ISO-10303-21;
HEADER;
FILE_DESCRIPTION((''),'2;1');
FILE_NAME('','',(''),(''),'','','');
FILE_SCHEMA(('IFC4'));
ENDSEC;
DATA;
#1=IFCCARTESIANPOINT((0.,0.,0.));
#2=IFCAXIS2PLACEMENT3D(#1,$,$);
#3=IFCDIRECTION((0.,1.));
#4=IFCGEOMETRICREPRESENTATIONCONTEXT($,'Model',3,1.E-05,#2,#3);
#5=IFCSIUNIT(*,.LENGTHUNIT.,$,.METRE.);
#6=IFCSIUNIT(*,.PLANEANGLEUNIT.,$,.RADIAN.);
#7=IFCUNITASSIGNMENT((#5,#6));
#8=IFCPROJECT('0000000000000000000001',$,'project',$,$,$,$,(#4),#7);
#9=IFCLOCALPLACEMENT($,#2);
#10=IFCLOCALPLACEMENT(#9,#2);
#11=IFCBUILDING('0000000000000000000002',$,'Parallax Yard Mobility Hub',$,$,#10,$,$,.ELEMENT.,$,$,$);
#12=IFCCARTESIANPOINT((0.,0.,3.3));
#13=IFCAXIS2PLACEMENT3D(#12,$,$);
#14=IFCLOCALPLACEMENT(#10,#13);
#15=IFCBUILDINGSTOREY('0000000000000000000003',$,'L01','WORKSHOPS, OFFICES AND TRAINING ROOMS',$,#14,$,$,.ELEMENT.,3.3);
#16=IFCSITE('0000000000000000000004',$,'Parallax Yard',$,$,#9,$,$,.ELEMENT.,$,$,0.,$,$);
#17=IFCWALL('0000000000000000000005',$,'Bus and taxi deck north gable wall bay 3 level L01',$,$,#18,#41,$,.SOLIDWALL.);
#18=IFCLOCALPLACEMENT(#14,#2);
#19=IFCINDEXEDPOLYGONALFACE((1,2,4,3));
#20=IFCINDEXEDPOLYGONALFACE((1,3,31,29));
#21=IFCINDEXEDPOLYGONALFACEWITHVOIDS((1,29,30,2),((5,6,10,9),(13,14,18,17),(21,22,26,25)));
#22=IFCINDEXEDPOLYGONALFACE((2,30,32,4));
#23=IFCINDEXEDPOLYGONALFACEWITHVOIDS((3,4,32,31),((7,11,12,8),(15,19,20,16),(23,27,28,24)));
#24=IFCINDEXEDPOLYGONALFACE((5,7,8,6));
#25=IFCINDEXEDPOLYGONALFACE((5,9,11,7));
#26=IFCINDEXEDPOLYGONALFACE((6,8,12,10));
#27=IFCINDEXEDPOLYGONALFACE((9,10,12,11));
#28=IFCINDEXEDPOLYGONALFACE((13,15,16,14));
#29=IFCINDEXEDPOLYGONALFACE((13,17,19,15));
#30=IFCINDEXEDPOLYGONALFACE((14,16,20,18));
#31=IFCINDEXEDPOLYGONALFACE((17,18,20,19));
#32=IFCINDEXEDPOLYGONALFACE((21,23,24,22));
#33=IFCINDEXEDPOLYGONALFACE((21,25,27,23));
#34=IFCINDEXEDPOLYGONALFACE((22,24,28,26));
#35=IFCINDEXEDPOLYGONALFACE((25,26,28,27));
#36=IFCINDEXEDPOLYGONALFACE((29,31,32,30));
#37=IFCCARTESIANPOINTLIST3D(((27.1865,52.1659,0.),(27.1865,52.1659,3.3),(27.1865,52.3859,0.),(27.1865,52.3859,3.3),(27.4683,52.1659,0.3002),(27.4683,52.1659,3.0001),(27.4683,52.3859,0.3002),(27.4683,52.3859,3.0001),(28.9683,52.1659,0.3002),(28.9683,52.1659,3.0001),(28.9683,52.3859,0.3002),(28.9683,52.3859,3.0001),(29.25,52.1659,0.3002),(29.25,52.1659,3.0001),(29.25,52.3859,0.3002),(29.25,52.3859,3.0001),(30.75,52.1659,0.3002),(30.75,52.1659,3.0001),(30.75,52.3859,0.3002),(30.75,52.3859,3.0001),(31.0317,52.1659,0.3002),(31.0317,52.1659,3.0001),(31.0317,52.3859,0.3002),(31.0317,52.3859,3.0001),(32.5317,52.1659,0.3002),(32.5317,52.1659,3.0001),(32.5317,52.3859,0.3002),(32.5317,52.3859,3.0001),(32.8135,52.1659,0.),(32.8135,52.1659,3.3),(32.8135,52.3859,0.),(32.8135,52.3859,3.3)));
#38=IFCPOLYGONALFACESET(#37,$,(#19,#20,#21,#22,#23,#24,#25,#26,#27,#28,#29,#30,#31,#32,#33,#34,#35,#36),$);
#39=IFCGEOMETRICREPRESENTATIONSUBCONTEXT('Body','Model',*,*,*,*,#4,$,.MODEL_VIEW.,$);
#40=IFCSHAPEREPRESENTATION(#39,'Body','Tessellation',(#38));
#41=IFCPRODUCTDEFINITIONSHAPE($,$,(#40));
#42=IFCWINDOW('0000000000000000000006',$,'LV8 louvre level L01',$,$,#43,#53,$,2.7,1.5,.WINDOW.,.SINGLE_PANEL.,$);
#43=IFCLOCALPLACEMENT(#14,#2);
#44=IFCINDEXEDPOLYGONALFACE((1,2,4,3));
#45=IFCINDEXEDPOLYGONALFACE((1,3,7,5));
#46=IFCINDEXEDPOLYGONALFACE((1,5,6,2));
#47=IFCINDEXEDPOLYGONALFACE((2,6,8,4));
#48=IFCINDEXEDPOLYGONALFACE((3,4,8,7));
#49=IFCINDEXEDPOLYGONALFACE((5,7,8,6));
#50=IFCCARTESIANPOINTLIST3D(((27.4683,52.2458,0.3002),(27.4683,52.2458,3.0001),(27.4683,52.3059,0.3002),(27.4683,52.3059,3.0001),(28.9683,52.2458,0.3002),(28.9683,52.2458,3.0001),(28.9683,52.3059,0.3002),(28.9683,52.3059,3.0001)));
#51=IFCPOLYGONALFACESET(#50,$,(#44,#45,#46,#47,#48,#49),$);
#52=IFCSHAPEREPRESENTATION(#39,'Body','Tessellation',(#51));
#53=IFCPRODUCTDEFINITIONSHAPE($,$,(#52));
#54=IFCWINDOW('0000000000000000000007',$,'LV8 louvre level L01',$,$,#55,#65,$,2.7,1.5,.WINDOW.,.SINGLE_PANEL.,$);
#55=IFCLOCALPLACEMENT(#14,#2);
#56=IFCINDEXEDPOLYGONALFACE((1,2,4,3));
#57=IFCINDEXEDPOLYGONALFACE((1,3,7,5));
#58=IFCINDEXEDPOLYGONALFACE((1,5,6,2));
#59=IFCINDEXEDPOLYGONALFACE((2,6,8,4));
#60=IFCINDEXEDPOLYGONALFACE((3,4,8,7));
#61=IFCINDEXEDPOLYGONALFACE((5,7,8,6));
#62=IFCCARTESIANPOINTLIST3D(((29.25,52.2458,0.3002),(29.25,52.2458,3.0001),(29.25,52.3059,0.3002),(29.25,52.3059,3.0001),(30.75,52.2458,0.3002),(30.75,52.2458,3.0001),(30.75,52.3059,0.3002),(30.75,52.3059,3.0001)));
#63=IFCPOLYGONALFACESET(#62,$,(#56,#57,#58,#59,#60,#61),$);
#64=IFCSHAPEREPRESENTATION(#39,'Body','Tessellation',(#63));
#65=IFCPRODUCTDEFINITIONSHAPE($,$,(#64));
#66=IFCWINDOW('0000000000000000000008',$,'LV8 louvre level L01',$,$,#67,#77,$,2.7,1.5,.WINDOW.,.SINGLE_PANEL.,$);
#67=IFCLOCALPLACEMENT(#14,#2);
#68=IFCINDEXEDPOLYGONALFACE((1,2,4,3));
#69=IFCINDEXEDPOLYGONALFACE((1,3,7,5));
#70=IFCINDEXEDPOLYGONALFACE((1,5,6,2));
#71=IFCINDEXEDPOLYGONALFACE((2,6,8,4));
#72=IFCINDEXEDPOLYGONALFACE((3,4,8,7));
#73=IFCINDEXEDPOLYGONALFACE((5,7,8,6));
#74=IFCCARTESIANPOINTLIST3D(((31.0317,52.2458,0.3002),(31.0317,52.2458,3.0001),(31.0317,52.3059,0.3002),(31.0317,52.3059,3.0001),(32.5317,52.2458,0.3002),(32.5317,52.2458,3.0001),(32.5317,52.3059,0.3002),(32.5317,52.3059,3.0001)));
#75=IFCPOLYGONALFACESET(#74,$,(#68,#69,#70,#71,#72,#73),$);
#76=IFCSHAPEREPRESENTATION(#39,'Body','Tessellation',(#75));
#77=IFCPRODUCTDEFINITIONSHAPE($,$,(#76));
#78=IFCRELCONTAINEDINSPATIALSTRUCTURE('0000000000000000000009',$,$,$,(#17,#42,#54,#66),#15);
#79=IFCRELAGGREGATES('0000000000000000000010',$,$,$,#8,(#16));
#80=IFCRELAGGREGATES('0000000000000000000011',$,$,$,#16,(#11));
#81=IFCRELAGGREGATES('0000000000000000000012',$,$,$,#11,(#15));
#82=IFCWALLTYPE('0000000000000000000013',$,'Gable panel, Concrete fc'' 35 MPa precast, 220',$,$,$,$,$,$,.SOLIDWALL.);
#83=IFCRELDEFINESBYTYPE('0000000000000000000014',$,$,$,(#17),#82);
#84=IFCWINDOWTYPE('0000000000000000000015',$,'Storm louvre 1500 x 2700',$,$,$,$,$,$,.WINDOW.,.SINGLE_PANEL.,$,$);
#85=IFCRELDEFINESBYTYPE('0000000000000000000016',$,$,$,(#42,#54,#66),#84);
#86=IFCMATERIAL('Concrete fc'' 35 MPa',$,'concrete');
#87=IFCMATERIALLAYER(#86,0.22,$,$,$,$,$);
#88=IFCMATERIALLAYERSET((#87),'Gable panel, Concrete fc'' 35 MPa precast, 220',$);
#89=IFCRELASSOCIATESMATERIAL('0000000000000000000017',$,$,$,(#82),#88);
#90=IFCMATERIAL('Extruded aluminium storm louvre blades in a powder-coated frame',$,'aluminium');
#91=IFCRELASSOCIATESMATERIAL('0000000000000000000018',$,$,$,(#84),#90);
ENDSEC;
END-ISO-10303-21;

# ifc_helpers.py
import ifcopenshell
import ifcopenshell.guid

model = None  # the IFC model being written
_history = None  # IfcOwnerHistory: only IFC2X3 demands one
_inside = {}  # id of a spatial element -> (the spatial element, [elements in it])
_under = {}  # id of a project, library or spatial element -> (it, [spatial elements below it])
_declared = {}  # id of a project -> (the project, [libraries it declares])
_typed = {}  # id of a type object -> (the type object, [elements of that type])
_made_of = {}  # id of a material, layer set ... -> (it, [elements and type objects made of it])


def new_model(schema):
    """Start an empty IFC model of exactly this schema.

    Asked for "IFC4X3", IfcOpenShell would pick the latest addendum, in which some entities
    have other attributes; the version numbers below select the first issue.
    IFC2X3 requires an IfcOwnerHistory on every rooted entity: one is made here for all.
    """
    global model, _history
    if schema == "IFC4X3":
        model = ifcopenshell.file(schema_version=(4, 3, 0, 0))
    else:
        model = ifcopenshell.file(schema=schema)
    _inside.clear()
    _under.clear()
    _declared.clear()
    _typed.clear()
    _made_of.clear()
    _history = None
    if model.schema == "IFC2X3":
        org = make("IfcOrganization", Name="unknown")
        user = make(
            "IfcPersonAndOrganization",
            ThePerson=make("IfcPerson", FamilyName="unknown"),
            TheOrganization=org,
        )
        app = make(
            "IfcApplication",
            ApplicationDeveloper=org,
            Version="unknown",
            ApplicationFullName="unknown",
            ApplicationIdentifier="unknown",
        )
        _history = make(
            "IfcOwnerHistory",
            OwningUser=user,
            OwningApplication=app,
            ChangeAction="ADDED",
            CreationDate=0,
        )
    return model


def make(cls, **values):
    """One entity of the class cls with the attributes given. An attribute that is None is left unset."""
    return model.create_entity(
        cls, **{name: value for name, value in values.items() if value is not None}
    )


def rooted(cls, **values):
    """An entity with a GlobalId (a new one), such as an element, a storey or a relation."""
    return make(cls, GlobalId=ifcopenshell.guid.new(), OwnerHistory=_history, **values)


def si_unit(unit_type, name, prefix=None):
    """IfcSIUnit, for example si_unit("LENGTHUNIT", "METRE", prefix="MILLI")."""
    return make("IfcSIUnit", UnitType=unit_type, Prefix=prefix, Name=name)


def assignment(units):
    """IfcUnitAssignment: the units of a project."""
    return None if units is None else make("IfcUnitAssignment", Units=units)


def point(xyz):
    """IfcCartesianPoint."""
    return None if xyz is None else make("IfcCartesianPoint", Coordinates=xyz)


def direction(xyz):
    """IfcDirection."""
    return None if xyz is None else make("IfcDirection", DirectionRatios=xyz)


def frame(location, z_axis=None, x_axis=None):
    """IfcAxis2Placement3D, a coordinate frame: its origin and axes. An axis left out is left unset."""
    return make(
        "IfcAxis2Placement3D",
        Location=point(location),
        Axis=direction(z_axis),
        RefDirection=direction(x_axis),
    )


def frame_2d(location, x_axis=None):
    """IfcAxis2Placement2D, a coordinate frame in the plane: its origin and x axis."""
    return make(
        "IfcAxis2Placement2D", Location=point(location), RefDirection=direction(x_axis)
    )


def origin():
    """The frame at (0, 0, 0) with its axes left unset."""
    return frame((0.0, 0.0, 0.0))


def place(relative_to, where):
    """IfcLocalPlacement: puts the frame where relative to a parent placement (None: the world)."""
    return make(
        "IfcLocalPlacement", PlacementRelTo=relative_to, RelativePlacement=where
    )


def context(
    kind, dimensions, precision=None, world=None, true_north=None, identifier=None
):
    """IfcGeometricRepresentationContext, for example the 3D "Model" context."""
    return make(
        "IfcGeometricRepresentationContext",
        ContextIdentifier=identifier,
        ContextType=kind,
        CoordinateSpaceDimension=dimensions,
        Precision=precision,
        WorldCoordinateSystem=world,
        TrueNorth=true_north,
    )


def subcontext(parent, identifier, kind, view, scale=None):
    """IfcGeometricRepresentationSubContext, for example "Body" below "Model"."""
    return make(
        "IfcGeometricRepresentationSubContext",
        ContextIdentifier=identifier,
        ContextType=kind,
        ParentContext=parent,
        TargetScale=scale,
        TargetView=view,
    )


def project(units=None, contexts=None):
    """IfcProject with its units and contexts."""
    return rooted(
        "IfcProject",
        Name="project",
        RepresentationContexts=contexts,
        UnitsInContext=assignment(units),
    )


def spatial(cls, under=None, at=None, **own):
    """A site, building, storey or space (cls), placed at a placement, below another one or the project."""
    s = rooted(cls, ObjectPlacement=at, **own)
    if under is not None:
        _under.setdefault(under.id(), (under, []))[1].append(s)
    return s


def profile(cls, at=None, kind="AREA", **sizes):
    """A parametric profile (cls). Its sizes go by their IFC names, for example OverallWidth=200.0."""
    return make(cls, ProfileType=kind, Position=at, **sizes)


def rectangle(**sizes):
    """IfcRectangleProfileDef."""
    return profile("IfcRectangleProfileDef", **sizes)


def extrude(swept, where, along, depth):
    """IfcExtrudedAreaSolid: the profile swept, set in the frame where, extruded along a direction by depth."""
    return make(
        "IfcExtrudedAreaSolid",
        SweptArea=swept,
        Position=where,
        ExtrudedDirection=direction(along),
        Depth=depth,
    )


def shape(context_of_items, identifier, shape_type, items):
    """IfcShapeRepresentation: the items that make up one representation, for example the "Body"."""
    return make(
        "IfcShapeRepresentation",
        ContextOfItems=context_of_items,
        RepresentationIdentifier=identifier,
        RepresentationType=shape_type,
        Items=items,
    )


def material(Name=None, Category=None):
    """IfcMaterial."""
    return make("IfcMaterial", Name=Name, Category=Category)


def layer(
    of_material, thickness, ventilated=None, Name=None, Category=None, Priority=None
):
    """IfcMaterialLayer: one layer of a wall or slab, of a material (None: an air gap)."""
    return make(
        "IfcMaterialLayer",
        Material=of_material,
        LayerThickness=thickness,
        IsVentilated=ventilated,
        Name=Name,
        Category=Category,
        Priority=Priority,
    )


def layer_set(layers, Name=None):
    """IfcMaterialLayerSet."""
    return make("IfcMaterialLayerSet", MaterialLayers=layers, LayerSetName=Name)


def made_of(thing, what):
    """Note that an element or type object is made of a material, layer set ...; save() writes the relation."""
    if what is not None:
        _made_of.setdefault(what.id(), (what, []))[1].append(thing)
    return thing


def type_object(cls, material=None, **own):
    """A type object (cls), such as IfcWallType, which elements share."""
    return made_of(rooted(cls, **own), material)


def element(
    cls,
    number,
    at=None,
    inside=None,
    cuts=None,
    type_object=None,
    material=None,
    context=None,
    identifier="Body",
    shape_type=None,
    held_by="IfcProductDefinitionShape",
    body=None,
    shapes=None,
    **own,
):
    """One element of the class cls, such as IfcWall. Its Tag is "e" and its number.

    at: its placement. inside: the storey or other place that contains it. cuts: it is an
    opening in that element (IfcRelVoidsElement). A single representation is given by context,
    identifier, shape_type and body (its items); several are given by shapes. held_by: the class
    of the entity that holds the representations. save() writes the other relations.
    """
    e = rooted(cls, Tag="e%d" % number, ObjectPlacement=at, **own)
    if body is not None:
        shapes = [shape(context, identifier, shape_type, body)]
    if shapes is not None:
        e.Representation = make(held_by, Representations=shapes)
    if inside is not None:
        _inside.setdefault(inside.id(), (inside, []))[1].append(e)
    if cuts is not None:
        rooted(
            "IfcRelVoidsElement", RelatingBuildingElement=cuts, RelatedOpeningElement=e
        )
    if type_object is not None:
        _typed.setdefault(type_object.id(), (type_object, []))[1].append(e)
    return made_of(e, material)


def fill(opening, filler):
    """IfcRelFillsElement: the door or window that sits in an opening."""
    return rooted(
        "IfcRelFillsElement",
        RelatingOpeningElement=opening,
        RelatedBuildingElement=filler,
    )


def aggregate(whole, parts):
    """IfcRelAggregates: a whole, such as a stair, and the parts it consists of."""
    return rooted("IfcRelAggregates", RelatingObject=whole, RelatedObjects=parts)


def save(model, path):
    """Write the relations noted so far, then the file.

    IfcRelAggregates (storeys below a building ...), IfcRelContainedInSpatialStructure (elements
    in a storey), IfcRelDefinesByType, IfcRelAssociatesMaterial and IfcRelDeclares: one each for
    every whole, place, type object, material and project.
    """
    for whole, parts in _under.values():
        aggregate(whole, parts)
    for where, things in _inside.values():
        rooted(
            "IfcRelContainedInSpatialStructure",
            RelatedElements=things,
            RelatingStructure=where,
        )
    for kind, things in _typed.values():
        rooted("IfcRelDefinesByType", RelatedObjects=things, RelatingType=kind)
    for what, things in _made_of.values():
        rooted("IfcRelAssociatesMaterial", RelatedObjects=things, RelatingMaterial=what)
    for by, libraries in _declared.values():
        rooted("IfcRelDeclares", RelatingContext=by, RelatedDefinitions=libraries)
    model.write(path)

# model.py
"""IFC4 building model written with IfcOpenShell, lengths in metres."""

from ifc_helpers import new_model, si_unit, direction, frame, frame_2d, origin, place, context, subcontext, project, spatial, rectangle, extrude, material, layer, layer_set, type_object, element, fill, save


model = new_model("IFC4")

# Units and contexts
model_context = context("Model", 3, precision=1e-05, world=origin(), true_north=direction((0.0, 1.0)))
body_context = subcontext(model_context, "Body", "Model", "MODEL_VIEW")
ifc_project = project(units=[si_unit("LENGTHUNIT", "METRE"), si_unit("PLANEANGLEUNIT", "RADIAN")], contexts=[model_context])

# Site, building, storey
site_placement = place(None, origin())
site = spatial("IfcSite", under=ifc_project, at=site_placement, Name="Parallax Yard", CompositionType="ELEMENT", RefElevation=0.0)
building_placement = place(site_placement, origin())
building = spatial("IfcBuilding", under=site, at=building_placement, Name="Parallax Yard Mobility Hub", CompositionType="ELEMENT")
storey_placement = place(building_placement, frame((0.0, 0.0, 3.3)))
storey = spatial("IfcBuildingStorey", under=building, at=storey_placement, Name="L01", Description="WORKSHOPS, OFFICES AND TRAINING ROOMS", CompositionType="ELEMENT", Elevation=3.3)

# Shared definitions
ifc_material_1 = material(Name="Concrete fc' 35 MPa", Category="concrete")
ifc_layer = layer(ifc_material_1, 0.22)
ifc_layer_set = layer_set([ifc_layer], Name="Gable panel, Concrete fc' 35 MPa precast, 220")
wall_type = type_object("IfcWallType", Name="Gable panel, Concrete fc' 35 MPa precast, 220", PredefinedType="SOLIDWALL", material=ifc_layer_set)

# Wall, openings, windows
ifc_material_2 = material(Name="Extruded aluminium storm louvre blades in a powder-coated frame", Category="aluminium")
window_type = type_object("IfcWindowType", Name="Storm louvre 1500 x 2700", PartitioningType="SINGLE_PANEL", PredefinedType="WINDOW", material=ifc_material_2)
wall_1_placement = place(storey_placement, frame((27.1865, 52.2759, 0.0), z_axis=(0.0, 0.0, 1.0), x_axis=(1.0, 0.0, 0.0)))
wall_1 = element("IfcWall", 1, at=wall_1_placement, inside=storey, type_object=wall_type, Name="Bus and taxi deck north gable wall bay 3 level L01", PredefinedType="SOLIDWALL", context=body_context, shape_type="SweptSolid", body=[
    extrude(rectangle(XDim=5.627, YDim=0.22, at=frame_2d((2.8135, 0.0))), origin(), (0.0, 0.0, 1.0), 3.3),
])
opening_1_placement = place(wall_1_placement, frame((0.2817, 0.0, 0.3)))
opening_1 = element("IfcOpeningElement", 2, at=opening_1_placement, cuts=wall_1, PredefinedType="OPENING", context=body_context, shape_type="SweptSolid", body=[
    extrude(rectangle(XDim=1.5, YDim=2.7, at=frame_2d((0.75, 1.3501))), frame((0.0, 0.1201, 0.0), z_axis=(0.0, -1.0, 0.0), x_axis=(1.0, 0.0, 0.0)), (0.0, 0.0, 1.0), 0.24),
])
opening_2_placement = place(wall_1_placement, frame((2.0635, 0.0, 0.3)))
opening_2 = element("IfcOpeningElement", 3, at=opening_2_placement, cuts=wall_1, PredefinedType="OPENING", context=body_context, shape_type="SweptSolid", body=[
    extrude(rectangle(XDim=1.5, YDim=2.7, at=frame_2d((0.75, 1.3501))), frame((0.0, 0.1201, 0.0), z_axis=(0.0, -1.0, 0.0), x_axis=(1.0, 0.0, 0.0)), (0.0, 0.0, 1.0), 0.24),
])
opening_3_placement = place(wall_1_placement, frame((3.8452, 0.0, 0.3)))
opening_3 = element("IfcOpeningElement", 4, at=opening_3_placement, cuts=wall_1, PredefinedType="OPENING", context=body_context, shape_type="SweptSolid", body=[
    extrude(rectangle(XDim=1.5, YDim=2.7, at=frame_2d((0.75, 1.3501))), frame((0.0, 0.1201, 0.0), z_axis=(0.0, -1.0, 0.0), x_axis=(1.0, 0.0, 0.0)), (0.0, 0.0, 1.0), 0.24),
])
window_1_placement = place(opening_1_placement, origin())
window_1 = element("IfcWindow", 5, at=window_1_placement, inside=storey, type_object=window_type, Name="LV8 louvre level L01", OverallHeight=2.7, OverallWidth=1.5, PartitioningType="SINGLE_PANEL", PredefinedType="WINDOW", context=body_context, shape_type="SweptSolid", body=[
    extrude(rectangle(XDim=1.5, YDim=2.7, at=frame_2d((0.75, 1.3501))), frame((0.0, 0.03, 0.0), z_axis=(0.0, -1.0, 0.0), x_axis=(1.0, 0.0, 0.0)), (0.0, 0.0, 1.0), 0.0601),
])
fill(opening_1, window_1)
window_2_placement = place(opening_2_placement, origin())
window_2 = element("IfcWindow", 6, at=window_2_placement, inside=storey, type_object=window_type, Name="LV8 louvre level L01", OverallHeight=2.7, OverallWidth=1.5, PartitioningType="SINGLE_PANEL", PredefinedType="WINDOW", context=body_context, shape_type="SweptSolid", body=[
    extrude(rectangle(XDim=1.5, YDim=2.7, at=frame_2d((0.75, 1.3501))), frame((0.0, 0.03, 0.0), z_axis=(0.0, -1.0, 0.0), x_axis=(1.0, 0.0, 0.0)), (0.0, 0.0, 1.0), 0.0601),
])
fill(opening_2, window_2)
window_3_placement = place(opening_3_placement, origin())
window_3 = element("IfcWindow", 7, at=window_3_placement, inside=storey, type_object=window_type, Name="LV8 louvre level L01", OverallHeight=2.7, OverallWidth=1.5, PartitioningType="SINGLE_PANEL", PredefinedType="WINDOW", context=body_context, shape_type="SweptSolid", body=[
    extrude(rectangle(XDim=1.5, YDim=2.7, at=frame_2d((0.75, 1.3501))), frame((0.0, 0.03, 0.0), z_axis=(0.0, -1.0, 0.0), x_axis=(1.0, 0.0, 0.0)), (0.0, 0.0, 1.0), 0.0601),
])
fill(opening_3, window_3)

save(model, "model.ifc")
